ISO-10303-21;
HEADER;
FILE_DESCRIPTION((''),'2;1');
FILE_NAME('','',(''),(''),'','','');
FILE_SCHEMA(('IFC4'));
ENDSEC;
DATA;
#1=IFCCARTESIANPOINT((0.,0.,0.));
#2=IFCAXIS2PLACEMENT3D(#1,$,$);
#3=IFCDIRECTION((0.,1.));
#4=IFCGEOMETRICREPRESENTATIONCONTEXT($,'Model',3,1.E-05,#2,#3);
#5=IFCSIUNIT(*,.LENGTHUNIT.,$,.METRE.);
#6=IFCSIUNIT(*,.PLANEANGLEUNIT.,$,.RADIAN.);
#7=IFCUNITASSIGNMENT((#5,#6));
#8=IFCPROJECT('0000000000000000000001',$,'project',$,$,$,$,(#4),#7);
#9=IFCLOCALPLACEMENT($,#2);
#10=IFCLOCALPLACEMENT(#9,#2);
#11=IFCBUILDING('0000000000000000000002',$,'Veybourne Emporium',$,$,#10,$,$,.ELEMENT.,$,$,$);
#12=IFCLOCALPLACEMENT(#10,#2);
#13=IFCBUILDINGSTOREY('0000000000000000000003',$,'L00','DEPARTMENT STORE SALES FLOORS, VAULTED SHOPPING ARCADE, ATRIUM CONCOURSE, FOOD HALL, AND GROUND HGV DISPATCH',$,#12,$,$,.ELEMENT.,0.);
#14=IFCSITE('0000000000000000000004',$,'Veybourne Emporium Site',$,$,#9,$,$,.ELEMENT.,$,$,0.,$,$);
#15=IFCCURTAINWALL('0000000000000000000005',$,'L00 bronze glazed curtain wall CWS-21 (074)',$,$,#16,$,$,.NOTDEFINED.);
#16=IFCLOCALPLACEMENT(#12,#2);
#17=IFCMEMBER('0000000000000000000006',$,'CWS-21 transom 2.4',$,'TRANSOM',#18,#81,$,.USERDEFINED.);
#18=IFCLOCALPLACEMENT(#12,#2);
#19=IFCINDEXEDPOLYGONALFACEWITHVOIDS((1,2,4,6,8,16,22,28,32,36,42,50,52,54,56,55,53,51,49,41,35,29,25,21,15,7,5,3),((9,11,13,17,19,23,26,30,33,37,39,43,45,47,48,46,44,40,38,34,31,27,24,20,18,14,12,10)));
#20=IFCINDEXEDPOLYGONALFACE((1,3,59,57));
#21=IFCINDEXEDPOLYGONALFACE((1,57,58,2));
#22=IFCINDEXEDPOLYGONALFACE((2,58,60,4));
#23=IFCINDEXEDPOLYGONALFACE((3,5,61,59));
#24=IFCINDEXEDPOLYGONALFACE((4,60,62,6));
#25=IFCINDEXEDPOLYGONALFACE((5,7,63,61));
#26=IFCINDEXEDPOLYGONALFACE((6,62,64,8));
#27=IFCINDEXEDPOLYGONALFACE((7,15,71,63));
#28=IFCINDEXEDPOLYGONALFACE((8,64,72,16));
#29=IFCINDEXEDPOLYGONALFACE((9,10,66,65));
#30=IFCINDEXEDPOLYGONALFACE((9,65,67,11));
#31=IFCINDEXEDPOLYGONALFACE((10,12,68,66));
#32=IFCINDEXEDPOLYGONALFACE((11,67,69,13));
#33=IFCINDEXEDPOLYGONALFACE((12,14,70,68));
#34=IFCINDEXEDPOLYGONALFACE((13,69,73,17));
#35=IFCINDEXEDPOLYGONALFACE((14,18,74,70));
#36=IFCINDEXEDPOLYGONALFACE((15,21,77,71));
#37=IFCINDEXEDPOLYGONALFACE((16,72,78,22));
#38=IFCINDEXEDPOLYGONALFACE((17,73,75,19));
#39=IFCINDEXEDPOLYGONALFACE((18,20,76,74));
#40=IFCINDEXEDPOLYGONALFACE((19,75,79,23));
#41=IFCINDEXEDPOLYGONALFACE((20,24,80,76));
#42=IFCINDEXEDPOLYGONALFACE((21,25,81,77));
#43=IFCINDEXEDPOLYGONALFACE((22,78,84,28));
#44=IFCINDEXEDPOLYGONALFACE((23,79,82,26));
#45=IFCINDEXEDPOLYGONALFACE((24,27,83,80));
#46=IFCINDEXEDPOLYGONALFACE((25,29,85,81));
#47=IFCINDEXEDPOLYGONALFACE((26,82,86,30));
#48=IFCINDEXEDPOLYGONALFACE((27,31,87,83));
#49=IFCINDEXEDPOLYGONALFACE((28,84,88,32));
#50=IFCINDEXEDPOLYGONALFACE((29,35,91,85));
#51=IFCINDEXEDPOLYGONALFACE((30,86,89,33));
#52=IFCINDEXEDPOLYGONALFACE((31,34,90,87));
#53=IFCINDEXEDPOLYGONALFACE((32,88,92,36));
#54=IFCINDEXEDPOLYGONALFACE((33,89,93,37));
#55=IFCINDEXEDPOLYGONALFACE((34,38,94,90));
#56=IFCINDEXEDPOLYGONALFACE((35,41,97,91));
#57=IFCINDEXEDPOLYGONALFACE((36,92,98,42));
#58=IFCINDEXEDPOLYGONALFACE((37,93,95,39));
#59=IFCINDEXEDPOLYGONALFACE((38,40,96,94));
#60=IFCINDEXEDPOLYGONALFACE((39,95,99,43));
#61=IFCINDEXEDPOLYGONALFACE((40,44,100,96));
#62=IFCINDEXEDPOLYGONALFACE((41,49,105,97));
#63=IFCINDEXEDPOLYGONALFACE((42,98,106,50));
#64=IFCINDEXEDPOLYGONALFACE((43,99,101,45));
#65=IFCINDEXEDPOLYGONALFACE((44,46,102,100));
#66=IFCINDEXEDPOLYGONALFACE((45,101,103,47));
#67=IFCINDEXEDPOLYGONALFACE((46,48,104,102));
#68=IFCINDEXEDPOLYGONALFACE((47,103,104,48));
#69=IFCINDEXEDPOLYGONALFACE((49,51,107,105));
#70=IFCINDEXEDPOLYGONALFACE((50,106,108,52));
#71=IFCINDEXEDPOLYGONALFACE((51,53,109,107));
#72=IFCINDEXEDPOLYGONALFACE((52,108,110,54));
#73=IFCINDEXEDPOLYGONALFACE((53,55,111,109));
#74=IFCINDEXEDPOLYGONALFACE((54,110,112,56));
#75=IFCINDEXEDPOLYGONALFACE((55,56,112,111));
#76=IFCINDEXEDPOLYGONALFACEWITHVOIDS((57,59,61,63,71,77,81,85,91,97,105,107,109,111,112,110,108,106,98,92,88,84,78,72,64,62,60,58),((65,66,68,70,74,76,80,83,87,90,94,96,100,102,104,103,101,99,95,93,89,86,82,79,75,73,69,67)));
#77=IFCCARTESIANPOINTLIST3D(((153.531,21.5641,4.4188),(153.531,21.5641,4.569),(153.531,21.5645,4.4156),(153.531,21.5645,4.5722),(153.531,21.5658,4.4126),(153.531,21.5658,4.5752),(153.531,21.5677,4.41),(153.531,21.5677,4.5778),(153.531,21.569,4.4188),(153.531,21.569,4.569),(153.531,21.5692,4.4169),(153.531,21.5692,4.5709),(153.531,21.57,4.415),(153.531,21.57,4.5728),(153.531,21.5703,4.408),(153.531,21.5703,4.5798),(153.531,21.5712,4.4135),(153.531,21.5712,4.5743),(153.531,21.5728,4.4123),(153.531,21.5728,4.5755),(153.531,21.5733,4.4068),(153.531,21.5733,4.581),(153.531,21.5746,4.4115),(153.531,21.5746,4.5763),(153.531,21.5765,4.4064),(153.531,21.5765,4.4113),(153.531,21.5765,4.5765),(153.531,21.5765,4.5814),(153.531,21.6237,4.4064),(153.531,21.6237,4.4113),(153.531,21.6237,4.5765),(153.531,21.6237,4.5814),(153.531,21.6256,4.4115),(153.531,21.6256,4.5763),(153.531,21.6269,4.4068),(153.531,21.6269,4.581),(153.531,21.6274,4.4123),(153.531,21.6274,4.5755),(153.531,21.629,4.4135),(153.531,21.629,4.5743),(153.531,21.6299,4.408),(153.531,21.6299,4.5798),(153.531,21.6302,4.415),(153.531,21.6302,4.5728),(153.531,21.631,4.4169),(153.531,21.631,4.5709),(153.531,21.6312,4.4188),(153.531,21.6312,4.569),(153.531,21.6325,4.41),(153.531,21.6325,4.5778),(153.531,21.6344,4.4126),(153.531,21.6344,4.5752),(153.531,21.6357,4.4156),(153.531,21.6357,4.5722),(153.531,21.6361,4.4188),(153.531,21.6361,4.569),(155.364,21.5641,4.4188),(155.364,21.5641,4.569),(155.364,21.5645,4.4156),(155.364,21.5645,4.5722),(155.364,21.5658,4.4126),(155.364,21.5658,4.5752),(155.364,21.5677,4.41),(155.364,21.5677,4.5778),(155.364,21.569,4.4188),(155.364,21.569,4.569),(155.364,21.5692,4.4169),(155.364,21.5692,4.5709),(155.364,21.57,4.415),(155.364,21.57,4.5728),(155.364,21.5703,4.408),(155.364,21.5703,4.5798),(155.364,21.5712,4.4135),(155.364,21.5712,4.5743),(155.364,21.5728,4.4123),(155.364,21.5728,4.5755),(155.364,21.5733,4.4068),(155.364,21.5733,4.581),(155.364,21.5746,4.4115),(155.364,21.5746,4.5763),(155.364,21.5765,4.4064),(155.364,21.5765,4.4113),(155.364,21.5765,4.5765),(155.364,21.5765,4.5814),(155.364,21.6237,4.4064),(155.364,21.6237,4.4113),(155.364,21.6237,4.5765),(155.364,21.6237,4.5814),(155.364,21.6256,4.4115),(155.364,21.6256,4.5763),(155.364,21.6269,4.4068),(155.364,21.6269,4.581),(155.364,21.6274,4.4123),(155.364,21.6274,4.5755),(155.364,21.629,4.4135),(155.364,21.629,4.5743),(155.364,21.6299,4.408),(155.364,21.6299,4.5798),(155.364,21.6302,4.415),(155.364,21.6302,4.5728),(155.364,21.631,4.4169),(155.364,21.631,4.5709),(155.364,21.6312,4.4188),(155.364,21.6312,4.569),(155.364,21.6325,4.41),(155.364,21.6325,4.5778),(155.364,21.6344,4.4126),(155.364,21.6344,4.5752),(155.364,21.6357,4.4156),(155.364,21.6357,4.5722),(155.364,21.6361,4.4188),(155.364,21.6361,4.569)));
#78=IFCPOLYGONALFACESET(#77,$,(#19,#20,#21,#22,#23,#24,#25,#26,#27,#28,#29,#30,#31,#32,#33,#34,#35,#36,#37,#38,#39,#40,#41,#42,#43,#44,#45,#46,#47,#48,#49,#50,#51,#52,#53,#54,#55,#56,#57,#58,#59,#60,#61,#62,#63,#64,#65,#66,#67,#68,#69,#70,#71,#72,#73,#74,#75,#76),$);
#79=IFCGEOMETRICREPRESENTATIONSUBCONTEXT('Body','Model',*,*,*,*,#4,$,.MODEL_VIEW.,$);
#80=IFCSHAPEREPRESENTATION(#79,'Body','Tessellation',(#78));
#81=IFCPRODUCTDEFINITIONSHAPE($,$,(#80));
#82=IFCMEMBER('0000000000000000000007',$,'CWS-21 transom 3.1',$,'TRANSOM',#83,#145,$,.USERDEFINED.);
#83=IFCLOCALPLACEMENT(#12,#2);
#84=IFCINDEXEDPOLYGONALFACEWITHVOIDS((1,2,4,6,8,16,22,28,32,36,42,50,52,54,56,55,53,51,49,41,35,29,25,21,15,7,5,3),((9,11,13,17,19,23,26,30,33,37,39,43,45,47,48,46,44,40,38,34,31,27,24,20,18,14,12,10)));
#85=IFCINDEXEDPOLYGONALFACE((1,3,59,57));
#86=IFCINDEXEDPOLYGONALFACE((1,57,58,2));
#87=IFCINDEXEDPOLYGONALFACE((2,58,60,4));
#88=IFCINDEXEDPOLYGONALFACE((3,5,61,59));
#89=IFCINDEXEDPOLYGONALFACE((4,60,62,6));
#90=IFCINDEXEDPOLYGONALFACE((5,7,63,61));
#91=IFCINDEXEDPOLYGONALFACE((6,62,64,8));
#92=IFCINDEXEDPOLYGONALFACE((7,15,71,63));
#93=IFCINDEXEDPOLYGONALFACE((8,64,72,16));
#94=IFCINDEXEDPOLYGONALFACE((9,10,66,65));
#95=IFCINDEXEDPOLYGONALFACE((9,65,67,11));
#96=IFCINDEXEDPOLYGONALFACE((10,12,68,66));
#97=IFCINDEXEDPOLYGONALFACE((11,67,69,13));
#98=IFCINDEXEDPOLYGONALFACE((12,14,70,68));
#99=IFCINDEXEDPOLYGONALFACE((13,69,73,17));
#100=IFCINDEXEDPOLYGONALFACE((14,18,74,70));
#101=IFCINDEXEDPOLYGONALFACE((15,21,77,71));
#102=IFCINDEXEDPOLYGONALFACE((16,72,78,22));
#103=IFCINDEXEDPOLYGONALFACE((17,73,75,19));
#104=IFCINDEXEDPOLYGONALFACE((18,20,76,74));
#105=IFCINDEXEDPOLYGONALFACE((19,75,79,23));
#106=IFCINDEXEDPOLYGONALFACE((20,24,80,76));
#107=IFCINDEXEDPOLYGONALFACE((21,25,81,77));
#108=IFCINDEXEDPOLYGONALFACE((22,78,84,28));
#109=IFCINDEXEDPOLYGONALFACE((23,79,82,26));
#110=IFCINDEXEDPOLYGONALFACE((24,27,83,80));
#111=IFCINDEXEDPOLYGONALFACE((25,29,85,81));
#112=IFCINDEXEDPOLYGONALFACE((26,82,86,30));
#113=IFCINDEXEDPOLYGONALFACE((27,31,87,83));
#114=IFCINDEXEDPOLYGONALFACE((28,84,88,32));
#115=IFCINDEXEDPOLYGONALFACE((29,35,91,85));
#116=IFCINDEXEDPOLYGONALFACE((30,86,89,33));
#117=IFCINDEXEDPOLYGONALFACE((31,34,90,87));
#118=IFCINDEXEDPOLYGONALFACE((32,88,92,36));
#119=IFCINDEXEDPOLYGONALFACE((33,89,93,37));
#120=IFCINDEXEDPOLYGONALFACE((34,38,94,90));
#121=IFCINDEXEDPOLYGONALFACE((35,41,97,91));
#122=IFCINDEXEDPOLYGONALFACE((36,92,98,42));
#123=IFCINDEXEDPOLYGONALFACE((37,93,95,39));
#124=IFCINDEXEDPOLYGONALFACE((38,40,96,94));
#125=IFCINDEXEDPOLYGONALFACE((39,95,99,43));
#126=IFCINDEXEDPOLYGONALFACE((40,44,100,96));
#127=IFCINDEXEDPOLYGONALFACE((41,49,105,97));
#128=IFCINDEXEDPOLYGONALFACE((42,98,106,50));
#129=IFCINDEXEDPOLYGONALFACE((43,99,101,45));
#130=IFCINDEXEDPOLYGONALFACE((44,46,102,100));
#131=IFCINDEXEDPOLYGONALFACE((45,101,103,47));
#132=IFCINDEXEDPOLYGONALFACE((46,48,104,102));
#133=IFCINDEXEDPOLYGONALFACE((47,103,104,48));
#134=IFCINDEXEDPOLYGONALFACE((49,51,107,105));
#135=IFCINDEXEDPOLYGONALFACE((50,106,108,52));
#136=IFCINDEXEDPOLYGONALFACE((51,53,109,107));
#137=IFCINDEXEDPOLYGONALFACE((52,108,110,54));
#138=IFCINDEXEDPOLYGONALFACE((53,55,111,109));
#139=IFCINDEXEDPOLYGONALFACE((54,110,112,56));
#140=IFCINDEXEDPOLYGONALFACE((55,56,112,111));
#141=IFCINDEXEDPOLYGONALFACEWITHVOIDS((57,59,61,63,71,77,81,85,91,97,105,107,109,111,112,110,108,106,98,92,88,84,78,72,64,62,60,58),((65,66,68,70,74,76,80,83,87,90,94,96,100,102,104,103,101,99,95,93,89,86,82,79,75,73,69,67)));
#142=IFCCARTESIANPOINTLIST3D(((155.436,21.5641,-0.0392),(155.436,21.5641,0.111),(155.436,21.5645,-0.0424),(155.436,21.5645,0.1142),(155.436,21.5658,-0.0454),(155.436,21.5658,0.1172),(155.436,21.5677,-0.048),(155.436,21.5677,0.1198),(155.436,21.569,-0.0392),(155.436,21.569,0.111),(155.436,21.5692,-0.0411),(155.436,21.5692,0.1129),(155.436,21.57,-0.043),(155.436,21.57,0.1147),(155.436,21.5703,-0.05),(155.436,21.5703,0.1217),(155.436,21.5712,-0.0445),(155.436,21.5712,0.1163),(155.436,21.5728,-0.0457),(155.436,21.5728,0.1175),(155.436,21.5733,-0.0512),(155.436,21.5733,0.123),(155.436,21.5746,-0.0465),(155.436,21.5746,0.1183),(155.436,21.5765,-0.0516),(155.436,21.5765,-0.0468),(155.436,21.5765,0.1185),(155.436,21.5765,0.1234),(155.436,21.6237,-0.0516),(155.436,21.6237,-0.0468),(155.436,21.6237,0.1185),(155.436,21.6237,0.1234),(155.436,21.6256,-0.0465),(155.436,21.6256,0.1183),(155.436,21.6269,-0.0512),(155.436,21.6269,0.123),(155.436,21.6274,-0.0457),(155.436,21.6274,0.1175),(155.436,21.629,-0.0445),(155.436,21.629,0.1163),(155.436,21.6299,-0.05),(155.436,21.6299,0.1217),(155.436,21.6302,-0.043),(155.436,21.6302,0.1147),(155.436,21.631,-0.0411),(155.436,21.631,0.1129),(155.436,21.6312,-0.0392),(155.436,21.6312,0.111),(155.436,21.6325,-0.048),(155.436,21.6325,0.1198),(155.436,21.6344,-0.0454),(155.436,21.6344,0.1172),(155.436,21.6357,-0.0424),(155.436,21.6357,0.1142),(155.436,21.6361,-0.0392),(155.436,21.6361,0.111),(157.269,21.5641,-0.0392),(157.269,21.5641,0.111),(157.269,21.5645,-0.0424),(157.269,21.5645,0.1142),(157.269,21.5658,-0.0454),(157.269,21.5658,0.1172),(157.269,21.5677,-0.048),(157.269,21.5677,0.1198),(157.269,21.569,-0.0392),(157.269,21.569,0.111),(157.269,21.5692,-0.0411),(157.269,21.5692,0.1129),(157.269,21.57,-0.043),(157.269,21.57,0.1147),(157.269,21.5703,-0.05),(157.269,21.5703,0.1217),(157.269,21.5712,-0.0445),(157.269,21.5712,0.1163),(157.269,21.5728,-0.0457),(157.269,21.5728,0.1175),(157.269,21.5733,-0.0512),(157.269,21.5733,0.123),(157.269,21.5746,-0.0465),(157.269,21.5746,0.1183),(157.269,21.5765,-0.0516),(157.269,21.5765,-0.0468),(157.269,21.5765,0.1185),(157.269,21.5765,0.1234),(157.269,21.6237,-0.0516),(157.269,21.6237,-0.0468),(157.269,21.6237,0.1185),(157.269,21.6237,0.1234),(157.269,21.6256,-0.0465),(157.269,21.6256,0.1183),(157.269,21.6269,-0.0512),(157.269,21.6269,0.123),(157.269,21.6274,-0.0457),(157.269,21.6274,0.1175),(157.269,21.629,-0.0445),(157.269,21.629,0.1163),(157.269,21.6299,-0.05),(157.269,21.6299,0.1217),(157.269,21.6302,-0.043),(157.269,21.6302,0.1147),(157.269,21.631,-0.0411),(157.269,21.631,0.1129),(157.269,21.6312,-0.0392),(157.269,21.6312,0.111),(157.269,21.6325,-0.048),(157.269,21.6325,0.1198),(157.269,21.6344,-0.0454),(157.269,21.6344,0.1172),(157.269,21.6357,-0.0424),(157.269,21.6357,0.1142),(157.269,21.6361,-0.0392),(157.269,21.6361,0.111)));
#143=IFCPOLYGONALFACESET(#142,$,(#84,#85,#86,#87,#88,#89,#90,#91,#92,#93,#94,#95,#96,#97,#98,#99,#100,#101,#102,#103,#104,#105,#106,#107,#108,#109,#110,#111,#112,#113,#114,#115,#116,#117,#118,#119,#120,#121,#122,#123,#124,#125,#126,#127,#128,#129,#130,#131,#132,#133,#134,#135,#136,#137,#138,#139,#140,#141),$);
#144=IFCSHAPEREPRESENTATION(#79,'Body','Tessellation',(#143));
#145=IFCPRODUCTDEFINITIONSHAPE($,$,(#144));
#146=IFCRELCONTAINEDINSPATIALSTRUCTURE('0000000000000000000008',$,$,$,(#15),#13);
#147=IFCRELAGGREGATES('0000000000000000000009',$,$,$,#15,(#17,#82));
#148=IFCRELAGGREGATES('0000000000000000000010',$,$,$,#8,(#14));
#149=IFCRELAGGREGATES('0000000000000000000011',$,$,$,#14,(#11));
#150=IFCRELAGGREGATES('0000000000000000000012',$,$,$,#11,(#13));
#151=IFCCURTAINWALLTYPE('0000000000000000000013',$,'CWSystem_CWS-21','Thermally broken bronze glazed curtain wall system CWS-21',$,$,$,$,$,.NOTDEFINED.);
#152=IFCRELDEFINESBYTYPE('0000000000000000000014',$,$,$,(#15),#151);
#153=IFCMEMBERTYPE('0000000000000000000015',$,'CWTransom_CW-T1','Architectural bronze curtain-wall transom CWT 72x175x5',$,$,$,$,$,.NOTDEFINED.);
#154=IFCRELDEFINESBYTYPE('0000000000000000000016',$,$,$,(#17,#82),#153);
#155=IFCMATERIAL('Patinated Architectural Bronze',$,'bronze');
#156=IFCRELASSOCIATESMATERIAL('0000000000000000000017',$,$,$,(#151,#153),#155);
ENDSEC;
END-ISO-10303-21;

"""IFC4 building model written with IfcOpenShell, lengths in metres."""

from ifc_helpers import new_model, si_unit, direction, frame, origin, origin_2d, place, context, subcontext, project, spatial, hollow_rectangle, extrude, material, material_profile, profile_set, type_object, element, aggregate, save


model = new_model("IFC4")

# Units and contexts
model_context = context("Model", 3, precision=1e-05, world=origin(), true_north=direction((0.0, 1.0)))
body_context = subcontext(model_context, "Body", "Model", "MODEL_VIEW")
ifc_project = project(units=[si_unit("LENGTHUNIT", "METRE"), si_unit("PLANEANGLEUNIT", "RADIAN")], contexts=[model_context])

# Site, building, storey
site_placement = place(None, origin())
site = spatial("IfcSite", under=ifc_project, at=site_placement, Name="Veybourne Emporium Site", CompositionType="ELEMENT", RefElevation=0.0)
building_placement = place(site_placement, origin())
building = spatial("IfcBuilding", under=site, at=building_placement, Name="Veybourne Emporium", CompositionType="ELEMENT")
storey_placement = place(building_placement, origin())
storey = spatial("IfcBuildingStorey", under=building, at=storey_placement, Name="L00", Description="DEPARTMENT STORE SALES FLOORS, VAULTED SHOPPING ARCADE, ATRIUM CONCOURSE, FOOD HALL, AND GROUND HGV DISPATCH", CompositionType="ELEMENT", Elevation=0.0)

# Curtain wall
ifc_material_1 = material(Name="Patinated Architectural Bronze", Category="bronze")
curtain_wall_type_1 = type_object("IfcCurtainWallType", Name="CWSystem_CWS-21", Description="Thermally broken bronze glazed curtain wall system CWS-21", PredefinedType="NOTDEFINED", material=ifc_material_1)
curtain_wall_1_placement = place(storey_placement, origin())
curtain_wall_1 = element("IfcCurtainWall", 1, at=curtain_wall_1_placement, inside=storey, type_object=curtain_wall_type_1, Name="L00 bronze glazed curtain wall CWS-21 (074)", PredefinedType="NOTDEFINED")

# Members
ifc_material_profile_1 = material_profile(ifc_material_1, hollow_rectangle(XDim=0.072, YDim=0.175, WallThickness=0.0049, InnerFilletRadius=0.0076, OuterFilletRadius=0.0125, at=origin_2d()), Name="CWT 72x175x5")
ifc_profile_set_1 = profile_set([ifc_material_profile_1], Name="Patinated Architectural Bronze")
member_type_1 = type_object("IfcMemberType", Name="CWTransom_CW-T1", Description="Architectural bronze curtain-wall transom CWT 72x175x5", PredefinedType="NOTDEFINED", material=ifc_profile_set_1)
member_1_placement = place(storey_placement, frame((153.531, 21.6001, 4.4939), z_axis=(1.0, 0.0, 0.0), x_axis=(0.0, 1.0, 0.0)))
member_1 = element("IfcMember", 2, at=member_1_placement, type_object=member_type_1, Name="CWS-21 transom 2.4", ObjectType="TRANSOM", PredefinedType="USERDEFINED", context=body_context, shape_type="SweptSolid", body=[
    extrude(hollow_rectangle(XDim=0.072, YDim=0.175, WallThickness=0.0049, InnerFilletRadius=0.0076, OuterFilletRadius=0.0125, at=origin_2d()), origin(), (0.0, 0.0, 1.0), 1.833),
])
member_2_placement = place(storey_placement, frame((155.436, 21.6001, 0.0359), z_axis=(1.0, 0.0, 0.0), x_axis=(0.0, 1.0, 0.0)))
member_2 = element("IfcMember", 3, at=member_2_placement, type_object=member_type_1, Name="CWS-21 transom 3.1", ObjectType="TRANSOM", PredefinedType="USERDEFINED", context=body_context, shape_type="SweptSolid", body=[
    extrude(hollow_rectangle(XDim=0.072, YDim=0.175, WallThickness=0.0049, InnerFilletRadius=0.0076, OuterFilletRadius=0.0125, at=origin_2d()), origin(), (0.0, 0.0, 1.0), 1.833),
])

aggregate(curtain_wall_1, [member_1, member_2])

save(model, "model.ifc")
